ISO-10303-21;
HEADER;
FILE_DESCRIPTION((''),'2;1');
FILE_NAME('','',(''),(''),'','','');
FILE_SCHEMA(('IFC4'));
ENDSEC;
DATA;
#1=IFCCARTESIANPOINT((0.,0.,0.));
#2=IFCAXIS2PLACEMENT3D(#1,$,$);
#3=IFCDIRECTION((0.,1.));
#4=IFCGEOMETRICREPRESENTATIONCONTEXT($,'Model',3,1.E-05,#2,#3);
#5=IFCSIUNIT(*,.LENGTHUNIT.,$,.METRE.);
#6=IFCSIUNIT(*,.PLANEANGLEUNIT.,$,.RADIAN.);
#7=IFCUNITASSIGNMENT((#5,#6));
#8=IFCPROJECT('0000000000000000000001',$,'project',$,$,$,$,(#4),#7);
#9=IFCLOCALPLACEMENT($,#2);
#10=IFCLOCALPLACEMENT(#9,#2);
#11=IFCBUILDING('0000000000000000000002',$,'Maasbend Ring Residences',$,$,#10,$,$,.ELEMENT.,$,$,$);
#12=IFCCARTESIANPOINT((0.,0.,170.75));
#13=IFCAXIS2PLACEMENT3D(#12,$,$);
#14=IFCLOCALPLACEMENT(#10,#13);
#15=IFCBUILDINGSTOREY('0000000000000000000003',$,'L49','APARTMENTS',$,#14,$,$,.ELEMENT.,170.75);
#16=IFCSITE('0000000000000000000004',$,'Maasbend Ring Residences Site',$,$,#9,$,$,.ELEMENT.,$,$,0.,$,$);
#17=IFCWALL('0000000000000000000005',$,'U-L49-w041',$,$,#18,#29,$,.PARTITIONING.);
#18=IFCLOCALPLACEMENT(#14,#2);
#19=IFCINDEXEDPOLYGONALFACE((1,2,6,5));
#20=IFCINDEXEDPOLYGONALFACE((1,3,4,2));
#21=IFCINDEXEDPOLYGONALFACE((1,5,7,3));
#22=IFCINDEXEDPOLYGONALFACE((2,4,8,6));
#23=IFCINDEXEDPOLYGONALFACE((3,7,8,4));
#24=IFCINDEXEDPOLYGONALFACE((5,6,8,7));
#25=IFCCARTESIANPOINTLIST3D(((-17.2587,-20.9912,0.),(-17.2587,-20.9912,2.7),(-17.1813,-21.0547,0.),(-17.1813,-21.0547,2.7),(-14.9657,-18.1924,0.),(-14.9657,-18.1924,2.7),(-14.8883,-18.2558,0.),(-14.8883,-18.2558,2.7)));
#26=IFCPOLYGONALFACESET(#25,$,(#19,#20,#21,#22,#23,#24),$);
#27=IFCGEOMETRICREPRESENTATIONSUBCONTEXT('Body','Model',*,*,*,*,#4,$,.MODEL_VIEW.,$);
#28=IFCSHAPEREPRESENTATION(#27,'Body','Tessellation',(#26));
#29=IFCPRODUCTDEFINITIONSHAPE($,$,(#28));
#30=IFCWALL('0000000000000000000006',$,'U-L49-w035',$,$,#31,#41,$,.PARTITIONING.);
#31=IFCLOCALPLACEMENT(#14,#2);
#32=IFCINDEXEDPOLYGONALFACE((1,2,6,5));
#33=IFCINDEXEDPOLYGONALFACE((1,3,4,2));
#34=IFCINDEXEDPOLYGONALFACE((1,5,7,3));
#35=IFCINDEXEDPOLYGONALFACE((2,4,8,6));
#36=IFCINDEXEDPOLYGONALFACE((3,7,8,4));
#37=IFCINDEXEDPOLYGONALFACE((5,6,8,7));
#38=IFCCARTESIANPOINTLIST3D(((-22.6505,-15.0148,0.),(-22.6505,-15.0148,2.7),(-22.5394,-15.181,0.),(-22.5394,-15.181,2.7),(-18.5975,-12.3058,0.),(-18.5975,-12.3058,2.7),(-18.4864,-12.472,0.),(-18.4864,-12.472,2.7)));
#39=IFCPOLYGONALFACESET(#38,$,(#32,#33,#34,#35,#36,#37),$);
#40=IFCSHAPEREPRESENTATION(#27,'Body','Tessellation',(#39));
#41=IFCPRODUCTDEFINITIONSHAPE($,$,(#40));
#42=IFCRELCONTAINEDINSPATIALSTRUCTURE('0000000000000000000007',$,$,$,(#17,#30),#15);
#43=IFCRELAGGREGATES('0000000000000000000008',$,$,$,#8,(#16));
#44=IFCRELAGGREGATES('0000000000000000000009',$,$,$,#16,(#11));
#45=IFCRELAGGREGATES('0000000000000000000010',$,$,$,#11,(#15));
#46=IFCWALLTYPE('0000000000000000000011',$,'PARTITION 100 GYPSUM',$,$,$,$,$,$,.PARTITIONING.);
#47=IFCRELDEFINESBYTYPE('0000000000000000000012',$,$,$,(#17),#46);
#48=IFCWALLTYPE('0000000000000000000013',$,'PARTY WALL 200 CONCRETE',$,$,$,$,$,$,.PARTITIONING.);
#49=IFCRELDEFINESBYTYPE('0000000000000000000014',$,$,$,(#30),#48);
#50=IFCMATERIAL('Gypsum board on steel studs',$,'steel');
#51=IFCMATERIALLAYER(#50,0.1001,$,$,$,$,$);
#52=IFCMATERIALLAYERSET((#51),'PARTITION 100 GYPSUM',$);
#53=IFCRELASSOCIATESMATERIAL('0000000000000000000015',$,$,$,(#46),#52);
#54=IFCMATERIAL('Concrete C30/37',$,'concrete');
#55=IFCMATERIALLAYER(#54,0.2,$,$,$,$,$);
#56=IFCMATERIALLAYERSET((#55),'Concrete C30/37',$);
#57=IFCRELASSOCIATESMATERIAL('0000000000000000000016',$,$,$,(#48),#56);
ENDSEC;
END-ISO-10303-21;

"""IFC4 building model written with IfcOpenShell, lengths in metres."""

from ifc_helpers import new_model, si_unit, direction, frame, frame_2d, origin, place, context, subcontext, project, spatial, rectangle, extrude, material, layer, layer_set, type_object, element, save


model = new_model("IFC4")

# Units and contexts
model_context = context("Model", 3, precision=1e-05, world=origin(), true_north=direction((0.0, 1.0)))
body_context = subcontext(model_context, "Body", "Model", "MODEL_VIEW")
ifc_project = project(units=[si_unit("LENGTHUNIT", "METRE"), si_unit("PLANEANGLEUNIT", "RADIAN")], contexts=[model_context])

# Site, building, storey
site_placement = place(None, origin())
site = spatial("IfcSite", under=ifc_project, at=site_placement, Name="Maasbend Ring Residences Site", CompositionType="ELEMENT", RefElevation=0.0)
building_placement = place(site_placement, origin())
building = spatial("IfcBuilding", under=site, at=building_placement, Name="Maasbend Ring Residences", CompositionType="ELEMENT")
storey_placement = place(building_placement, frame((0.0, 0.0, 170.75)))
storey = spatial("IfcBuildingStorey", under=building, at=storey_placement, Name="L49", Description="APARTMENTS", CompositionType="ELEMENT", Elevation=170.75)

# Shared definitions
ifc_material_1 = material(Name="Gypsum board on steel studs", Category="steel")
ifc_layer_1 = layer(ifc_material_1, 0.1001)
ifc_layer_set_1 = layer_set([ifc_layer_1], Name="PARTITION 100 GYPSUM")
wall_type_1 = type_object("IfcWallType", Name="PARTITION 100 GYPSUM", PredefinedType="PARTITIONING", material=ifc_layer_set_1)

# Walls
wall_1_placement = place(storey_placement, frame((-17.22, -21.0229, 0.0), z_axis=(0.0, 0.0, 1.0), x_axis=(0.633737, 0.773548, 0.0)))
element("IfcWall", 1, at=wall_1_placement, inside=storey, type_object=wall_type_1, Name="U-L49-w041", PredefinedType="PARTITIONING", context=body_context, shape_type="SweptSolid", body=[
    extrude(rectangle(XDim=3.6182, YDim=0.1001, at=frame_2d((1.8091, 0.0))), origin(), (0.0, 0.0, 1.0), 2.7),
])
ifc_material_2 = material(Name="Concrete C30/37", Category="concrete")
ifc_layer_2 = layer(ifc_material_2, 0.2)
ifc_layer_set_2 = layer_set([ifc_layer_2], Name="Concrete C30/37")
wall_type_2 = type_object("IfcWallType", Name="PARTY WALL 200 CONCRETE", PredefinedType="PARTITIONING", material=ifc_layer_set_2)
wall_2_placement = place(storey_placement, frame((-22.595, -15.0979, 0.0), z_axis=(0.0, 0.0, 1.0), x_axis=(0.831387, 0.555694, 0.0)))
element("IfcWall", 2, at=wall_2_placement, inside=storey, type_object=wall_type_2, Name="U-L49-w035", PredefinedType="PARTITIONING", context=body_context, shape_type="SweptSolid", body=[
    extrude(rectangle(XDim=4.875, YDim=0.2, at=frame_2d((2.4375, 0.0))), origin(), (0.0, 0.0, 1.0), 2.7),
])

save(model, "model.ifc")
